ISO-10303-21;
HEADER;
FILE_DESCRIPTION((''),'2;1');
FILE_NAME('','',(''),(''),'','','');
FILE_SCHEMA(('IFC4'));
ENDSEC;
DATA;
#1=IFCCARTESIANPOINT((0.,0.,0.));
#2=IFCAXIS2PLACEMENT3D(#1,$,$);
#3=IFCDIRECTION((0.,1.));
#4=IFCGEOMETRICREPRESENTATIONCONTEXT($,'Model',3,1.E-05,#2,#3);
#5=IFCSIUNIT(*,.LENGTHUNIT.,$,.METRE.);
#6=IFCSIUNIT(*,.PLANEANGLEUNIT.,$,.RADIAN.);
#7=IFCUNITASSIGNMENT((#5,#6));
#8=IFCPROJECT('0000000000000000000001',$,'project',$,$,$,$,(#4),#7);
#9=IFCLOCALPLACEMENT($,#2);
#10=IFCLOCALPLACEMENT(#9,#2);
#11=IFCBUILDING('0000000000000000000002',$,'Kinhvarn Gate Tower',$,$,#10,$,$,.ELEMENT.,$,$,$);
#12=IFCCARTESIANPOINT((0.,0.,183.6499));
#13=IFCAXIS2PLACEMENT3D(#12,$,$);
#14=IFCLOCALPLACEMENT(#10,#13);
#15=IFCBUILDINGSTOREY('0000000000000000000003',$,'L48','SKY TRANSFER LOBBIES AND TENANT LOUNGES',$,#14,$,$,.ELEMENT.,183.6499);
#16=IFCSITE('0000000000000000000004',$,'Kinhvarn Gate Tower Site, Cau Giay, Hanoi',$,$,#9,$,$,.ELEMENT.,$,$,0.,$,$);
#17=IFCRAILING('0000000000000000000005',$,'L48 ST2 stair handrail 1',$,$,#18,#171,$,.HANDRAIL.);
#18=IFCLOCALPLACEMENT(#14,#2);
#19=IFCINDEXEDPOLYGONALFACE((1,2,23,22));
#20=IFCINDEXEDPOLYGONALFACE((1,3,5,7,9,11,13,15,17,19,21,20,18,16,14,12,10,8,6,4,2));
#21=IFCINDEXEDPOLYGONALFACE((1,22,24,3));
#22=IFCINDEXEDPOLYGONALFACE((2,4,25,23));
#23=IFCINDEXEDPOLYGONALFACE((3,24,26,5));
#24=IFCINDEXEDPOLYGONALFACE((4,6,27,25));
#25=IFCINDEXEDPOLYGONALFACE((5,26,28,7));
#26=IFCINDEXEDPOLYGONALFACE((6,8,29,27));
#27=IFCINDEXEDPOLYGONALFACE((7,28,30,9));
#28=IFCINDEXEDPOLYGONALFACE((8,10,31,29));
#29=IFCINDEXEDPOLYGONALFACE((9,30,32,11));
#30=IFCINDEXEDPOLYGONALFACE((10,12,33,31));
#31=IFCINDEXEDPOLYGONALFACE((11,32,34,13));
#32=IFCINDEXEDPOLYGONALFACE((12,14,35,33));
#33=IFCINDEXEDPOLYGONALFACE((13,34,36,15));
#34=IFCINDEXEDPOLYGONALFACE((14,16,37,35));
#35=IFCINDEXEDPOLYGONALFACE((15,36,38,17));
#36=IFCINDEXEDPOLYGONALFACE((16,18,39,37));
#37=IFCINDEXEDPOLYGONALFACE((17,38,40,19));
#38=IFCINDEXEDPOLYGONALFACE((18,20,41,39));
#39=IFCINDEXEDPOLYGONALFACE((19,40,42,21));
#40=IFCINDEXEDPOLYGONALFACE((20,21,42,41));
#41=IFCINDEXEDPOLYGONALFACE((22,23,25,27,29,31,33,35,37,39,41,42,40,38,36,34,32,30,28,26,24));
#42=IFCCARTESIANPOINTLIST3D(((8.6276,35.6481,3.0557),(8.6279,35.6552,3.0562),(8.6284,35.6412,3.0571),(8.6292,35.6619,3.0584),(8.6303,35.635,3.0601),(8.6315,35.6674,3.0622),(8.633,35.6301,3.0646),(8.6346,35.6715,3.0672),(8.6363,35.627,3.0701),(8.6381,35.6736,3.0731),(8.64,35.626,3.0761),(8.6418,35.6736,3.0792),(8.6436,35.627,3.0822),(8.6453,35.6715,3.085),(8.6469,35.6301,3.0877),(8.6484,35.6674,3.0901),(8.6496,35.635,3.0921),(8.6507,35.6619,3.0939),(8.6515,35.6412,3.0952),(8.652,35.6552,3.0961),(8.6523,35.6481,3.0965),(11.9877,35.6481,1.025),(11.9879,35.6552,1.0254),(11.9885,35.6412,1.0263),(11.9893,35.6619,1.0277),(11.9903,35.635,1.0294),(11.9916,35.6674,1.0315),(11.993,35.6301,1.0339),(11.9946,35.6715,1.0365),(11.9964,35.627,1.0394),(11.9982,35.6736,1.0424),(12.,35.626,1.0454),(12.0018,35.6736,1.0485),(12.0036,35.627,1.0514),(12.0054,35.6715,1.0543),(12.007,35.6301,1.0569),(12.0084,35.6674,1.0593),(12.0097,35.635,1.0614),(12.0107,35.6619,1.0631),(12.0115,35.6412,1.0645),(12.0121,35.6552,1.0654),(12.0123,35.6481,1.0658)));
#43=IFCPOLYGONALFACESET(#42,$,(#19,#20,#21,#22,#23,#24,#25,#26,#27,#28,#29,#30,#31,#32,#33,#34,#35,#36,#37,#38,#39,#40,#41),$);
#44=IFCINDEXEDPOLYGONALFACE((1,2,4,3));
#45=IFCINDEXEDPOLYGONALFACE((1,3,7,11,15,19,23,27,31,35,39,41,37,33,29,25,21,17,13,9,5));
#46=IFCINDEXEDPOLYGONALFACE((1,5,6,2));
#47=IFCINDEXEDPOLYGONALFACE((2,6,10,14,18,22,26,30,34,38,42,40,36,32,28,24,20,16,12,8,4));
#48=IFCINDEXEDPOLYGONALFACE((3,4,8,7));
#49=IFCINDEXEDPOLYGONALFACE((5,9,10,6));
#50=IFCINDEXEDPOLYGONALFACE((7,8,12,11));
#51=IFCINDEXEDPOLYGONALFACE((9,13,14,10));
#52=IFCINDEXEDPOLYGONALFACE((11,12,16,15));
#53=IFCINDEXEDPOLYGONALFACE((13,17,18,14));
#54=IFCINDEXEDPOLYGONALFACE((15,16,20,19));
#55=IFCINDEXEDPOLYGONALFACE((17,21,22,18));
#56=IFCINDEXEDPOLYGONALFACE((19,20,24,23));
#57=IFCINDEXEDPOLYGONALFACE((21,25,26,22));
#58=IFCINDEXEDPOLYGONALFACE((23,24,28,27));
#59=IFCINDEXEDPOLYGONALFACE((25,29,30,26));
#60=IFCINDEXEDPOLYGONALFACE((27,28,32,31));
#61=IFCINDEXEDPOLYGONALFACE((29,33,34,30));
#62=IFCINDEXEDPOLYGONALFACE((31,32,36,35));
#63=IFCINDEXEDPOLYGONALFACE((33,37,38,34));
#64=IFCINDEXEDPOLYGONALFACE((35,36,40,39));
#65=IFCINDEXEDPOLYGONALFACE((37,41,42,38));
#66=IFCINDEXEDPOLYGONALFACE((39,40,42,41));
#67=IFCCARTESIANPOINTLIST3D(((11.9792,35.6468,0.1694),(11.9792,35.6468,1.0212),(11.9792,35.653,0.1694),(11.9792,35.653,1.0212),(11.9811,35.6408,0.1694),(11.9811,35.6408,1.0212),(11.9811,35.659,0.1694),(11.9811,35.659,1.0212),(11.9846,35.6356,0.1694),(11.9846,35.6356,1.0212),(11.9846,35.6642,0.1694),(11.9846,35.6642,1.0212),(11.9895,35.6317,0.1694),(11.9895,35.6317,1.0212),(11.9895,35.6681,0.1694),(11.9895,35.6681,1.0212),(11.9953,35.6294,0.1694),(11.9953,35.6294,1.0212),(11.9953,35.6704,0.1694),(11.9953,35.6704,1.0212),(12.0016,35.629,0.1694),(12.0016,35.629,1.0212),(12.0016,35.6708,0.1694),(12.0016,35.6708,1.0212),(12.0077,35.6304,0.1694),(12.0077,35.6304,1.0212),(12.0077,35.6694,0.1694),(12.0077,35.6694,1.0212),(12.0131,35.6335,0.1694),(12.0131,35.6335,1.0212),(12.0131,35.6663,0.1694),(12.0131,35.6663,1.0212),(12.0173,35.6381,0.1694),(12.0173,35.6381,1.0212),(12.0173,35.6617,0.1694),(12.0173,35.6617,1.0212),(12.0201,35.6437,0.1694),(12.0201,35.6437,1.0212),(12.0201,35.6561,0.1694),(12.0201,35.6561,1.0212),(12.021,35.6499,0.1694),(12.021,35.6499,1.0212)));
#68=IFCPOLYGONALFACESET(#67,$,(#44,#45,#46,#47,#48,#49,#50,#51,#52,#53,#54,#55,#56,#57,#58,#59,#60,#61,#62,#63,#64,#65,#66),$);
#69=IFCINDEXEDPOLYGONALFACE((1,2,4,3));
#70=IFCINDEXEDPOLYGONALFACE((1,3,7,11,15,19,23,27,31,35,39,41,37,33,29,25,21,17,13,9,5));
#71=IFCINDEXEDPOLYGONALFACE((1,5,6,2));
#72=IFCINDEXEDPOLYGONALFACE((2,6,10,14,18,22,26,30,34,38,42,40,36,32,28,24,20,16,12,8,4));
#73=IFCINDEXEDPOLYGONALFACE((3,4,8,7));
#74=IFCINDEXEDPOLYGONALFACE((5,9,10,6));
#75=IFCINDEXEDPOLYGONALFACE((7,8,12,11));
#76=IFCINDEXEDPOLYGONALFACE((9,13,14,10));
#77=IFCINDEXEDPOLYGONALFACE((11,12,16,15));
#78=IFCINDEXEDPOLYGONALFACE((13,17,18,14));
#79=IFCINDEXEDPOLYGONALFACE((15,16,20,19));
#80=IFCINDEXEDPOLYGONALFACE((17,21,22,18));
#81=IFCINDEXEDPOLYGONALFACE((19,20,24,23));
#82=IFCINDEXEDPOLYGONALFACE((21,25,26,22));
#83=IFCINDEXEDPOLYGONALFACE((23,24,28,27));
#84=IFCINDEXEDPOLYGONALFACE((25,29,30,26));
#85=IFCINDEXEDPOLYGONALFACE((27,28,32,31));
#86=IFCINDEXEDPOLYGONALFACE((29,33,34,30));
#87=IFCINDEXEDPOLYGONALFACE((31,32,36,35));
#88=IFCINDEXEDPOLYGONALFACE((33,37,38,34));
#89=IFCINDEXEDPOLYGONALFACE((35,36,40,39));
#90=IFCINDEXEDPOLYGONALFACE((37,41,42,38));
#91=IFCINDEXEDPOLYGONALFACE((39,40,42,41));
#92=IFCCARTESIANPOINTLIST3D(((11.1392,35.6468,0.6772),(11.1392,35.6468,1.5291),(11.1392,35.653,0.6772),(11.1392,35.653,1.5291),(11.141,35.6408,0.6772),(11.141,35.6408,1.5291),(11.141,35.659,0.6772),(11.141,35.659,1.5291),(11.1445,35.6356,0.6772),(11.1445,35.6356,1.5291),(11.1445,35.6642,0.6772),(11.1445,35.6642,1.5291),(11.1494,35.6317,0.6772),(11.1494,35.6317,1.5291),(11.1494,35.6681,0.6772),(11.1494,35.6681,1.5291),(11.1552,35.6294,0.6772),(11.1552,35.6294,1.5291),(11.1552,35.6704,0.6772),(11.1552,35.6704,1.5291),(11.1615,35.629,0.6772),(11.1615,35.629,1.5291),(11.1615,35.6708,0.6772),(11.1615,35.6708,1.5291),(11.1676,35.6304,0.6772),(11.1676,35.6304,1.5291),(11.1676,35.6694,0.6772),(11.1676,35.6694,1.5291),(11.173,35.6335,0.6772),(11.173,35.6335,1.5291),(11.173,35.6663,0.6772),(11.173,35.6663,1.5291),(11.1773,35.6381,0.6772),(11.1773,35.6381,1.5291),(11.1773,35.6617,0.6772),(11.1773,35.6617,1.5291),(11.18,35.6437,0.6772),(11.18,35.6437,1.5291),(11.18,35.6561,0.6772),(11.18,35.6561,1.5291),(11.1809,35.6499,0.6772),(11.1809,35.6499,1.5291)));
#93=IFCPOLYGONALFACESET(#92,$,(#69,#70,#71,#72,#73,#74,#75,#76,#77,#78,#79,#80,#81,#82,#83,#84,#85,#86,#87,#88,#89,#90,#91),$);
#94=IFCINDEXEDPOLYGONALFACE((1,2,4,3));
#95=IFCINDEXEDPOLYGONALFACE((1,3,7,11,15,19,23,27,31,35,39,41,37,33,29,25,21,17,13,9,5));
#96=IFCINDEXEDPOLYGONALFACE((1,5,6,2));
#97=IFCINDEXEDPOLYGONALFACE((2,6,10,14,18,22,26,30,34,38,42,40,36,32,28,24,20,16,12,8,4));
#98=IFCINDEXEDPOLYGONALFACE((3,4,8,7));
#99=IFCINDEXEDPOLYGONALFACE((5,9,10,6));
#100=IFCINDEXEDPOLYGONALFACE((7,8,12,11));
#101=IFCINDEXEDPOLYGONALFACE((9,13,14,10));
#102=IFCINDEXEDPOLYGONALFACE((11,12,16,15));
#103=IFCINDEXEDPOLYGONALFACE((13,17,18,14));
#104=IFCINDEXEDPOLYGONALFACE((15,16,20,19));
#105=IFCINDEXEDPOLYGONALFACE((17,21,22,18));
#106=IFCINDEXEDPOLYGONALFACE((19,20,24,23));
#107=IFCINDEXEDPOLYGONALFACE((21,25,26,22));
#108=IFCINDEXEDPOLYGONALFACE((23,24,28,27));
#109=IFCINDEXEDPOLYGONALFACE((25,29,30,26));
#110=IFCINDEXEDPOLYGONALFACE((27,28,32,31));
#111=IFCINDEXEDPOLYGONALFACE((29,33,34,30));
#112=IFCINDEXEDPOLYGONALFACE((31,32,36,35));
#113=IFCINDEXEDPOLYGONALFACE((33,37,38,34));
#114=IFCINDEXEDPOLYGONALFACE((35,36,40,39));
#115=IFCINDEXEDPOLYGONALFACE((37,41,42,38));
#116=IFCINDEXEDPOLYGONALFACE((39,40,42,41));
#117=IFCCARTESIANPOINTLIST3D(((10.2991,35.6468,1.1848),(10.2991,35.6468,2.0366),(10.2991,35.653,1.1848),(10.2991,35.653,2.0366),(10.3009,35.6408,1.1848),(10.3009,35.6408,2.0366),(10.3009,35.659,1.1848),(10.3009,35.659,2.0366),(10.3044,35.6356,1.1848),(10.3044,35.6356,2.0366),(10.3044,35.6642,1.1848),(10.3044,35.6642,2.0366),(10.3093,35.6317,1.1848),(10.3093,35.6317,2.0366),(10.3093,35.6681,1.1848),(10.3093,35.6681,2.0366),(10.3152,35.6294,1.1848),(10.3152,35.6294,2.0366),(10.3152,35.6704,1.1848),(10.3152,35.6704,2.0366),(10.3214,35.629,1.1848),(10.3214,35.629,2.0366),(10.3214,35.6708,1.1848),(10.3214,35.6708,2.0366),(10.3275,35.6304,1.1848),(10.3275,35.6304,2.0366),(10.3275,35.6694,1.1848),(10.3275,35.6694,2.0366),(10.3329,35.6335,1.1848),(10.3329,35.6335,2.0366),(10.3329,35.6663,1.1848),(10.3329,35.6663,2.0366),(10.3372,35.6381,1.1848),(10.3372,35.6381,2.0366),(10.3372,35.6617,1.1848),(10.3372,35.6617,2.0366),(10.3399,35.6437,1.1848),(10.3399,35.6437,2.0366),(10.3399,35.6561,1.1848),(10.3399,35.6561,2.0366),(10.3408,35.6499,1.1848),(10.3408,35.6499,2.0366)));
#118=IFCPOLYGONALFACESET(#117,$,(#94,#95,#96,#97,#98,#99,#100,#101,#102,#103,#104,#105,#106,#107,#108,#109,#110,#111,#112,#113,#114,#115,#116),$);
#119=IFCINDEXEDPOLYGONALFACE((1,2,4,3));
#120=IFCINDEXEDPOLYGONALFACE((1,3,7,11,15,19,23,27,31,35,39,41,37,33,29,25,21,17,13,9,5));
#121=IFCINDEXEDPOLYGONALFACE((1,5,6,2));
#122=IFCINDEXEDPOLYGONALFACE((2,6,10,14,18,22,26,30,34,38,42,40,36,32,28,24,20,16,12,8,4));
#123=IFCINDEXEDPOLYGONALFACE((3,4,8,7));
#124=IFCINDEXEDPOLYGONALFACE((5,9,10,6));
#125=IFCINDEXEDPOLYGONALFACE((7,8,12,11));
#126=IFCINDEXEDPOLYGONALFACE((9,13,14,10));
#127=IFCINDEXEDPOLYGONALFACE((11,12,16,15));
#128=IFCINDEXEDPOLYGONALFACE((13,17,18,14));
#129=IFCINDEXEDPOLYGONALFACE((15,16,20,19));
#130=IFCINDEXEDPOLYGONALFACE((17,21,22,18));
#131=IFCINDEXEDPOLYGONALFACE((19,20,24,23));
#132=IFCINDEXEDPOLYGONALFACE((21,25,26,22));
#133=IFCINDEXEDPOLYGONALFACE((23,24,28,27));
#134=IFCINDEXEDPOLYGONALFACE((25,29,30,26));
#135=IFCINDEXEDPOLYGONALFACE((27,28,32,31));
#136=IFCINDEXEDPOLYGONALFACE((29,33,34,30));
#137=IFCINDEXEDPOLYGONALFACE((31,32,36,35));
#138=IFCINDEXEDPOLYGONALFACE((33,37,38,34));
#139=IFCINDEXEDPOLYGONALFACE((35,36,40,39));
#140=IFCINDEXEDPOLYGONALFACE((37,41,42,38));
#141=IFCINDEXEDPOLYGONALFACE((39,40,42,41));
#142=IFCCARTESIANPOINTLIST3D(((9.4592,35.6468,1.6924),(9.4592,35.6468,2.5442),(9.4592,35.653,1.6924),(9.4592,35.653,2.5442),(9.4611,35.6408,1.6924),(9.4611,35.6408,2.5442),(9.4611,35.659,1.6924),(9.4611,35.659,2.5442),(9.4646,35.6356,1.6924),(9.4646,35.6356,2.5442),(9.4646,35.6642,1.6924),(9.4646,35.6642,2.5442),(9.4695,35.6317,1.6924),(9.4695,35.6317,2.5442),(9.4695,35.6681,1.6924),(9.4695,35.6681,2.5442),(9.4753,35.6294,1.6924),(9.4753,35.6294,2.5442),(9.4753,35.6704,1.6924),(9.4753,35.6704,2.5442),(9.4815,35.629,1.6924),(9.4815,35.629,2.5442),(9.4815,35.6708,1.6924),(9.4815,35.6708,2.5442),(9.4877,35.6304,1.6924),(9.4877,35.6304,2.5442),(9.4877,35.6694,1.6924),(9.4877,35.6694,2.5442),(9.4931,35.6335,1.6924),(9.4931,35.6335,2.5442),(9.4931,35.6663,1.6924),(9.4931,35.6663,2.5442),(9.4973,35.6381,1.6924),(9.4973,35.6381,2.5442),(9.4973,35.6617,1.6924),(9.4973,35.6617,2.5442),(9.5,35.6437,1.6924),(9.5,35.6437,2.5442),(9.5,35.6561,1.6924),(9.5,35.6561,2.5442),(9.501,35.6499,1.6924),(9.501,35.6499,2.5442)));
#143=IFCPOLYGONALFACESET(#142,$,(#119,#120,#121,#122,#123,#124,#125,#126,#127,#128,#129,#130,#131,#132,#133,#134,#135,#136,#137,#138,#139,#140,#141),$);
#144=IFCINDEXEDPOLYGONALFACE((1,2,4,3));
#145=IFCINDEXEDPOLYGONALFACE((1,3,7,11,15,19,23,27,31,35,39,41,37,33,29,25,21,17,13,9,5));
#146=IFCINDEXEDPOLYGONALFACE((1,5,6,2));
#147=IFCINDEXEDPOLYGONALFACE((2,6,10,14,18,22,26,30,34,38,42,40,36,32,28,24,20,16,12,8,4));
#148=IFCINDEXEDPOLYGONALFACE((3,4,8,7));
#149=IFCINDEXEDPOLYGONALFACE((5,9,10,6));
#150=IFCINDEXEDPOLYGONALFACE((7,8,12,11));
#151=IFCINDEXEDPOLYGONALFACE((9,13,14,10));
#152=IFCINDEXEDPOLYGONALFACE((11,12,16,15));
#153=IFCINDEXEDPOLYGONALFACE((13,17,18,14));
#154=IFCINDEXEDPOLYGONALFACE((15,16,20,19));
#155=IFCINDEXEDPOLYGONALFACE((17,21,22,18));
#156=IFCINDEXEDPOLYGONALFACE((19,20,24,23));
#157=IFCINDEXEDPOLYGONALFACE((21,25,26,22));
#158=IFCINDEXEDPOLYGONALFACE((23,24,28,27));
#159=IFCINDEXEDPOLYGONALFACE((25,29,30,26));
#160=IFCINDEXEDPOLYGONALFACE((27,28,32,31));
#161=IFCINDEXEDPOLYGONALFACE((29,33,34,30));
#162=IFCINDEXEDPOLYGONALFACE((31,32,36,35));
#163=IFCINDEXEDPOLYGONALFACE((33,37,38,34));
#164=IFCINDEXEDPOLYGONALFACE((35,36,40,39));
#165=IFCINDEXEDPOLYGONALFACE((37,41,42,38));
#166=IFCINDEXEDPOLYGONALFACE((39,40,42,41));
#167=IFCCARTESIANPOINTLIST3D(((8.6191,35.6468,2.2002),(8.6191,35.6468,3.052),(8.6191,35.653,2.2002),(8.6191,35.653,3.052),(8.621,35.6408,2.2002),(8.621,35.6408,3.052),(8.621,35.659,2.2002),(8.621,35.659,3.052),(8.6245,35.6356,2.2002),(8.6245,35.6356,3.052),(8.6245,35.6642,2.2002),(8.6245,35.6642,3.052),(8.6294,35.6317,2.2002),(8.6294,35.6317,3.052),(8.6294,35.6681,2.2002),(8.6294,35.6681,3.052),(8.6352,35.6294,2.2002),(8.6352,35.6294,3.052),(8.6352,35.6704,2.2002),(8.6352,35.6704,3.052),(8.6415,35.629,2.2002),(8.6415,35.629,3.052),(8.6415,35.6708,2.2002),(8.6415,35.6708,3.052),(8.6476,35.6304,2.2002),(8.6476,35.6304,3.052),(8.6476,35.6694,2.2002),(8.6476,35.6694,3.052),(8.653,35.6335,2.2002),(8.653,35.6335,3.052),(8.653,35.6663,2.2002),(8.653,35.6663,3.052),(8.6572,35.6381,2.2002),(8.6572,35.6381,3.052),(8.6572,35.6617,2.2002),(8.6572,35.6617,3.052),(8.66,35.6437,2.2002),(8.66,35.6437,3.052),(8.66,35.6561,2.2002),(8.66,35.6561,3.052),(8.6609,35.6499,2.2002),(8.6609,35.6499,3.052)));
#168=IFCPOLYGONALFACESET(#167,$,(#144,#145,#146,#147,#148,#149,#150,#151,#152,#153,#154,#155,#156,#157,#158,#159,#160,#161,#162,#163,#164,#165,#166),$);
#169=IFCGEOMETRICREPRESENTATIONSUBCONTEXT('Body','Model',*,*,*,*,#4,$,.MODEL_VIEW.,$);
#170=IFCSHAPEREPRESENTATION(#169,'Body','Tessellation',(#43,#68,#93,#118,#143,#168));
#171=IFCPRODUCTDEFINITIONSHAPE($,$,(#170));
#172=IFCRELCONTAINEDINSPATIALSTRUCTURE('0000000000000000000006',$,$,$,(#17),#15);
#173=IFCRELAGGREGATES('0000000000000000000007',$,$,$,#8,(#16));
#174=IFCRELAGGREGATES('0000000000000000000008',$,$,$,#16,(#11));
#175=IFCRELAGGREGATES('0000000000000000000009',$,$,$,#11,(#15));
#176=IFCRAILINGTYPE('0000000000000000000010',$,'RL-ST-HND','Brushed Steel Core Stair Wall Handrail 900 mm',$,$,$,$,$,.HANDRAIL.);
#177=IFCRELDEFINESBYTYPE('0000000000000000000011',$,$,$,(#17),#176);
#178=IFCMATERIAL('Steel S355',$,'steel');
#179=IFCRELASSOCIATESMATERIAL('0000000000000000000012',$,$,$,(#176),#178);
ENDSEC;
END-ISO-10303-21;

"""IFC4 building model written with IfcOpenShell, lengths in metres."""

from ifc_helpers import new_model, si_unit, direction, frame, origin, origin_2d, place, context, subcontext, project, spatial, circle, extrude, material, type_object, element, save


model = new_model("IFC4")

# Units and contexts
model_context = context("Model", 3, precision=1e-05, world=origin(), true_north=direction((0.0, 1.0)))
body_context = subcontext(model_context, "Body", "Model", "MODEL_VIEW")
ifc_project = project(units=[si_unit("LENGTHUNIT", "METRE"), si_unit("PLANEANGLEUNIT", "RADIAN")], contexts=[model_context])

# Site, building, storey
site_placement = place(None, origin())
site = spatial("IfcSite", under=ifc_project, at=site_placement, Name="Kinhvarn Gate Tower Site, Cau Giay, Hanoi", CompositionType="ELEMENT", RefElevation=0.0)
building_placement = place(site_placement, origin())
building = spatial("IfcBuilding", under=site, at=building_placement, Name="Kinhvarn Gate Tower", CompositionType="ELEMENT")
storey_placement = place(building_placement, frame((0.0, 0.0, 183.6499)))
storey = spatial("IfcBuildingStorey", under=building, at=storey_placement, Name="L48", Description="SKY TRANSFER LOBBIES AND TENANT LOUNGES", CompositionType="ELEMENT", Elevation=183.6499)

# Shared definitions
ifc_material_1 = material(Name="Steel S355", Category="steel")

# Railing
railing_type_1 = type_object("IfcRailingType", Name="RL-ST-HND", Description="Brushed Steel Core Stair Wall Handrail 900 mm", PredefinedType="HANDRAIL", material=ifc_material_1)
railing_1_placement = place(storey_placement, frame((12.0, 35.6499, 0.1694)))
element("IfcRailing", 1, at=railing_1_placement, inside=storey, type_object=railing_type_1, Name="L48 ST2 stair handrail 1", PredefinedType="HANDRAIL", context=body_context, shape_type="SweptSolid", body=[
    extrude(circle(Radius=0.0239, at=origin_2d()), frame((0.0, 0.0, 0.876), z_axis=(-0.855837, 0.0, 0.517246), x_axis=(0.0, -1.0, 0.0)), (0.0, 0.0, 1.0), 3.926),
    extrude(circle(Radius=0.021, at=origin_2d()), origin(), (0.0, 0.0, 1.0), 0.8518),
    extrude(circle(Radius=0.021, at=origin_2d()), frame((-0.8401, 0.0, 0.5078)), (0.0, 0.0, 1.0), 0.8518),
    extrude(circle(Radius=0.021, at=origin_2d()), frame((-1.6802, 0.0, 1.0154)), (0.0, 0.0, 1.0), 0.8518),
    extrude(circle(Radius=0.021, at=origin_2d()), frame((-2.52, 0.0, 1.5229)), (0.0, 0.0, 1.0), 0.8518),
    extrude(circle(Radius=0.021, at=origin_2d()), frame((-3.3601, 0.0, 2.0308)), (0.0, 0.0, 1.0), 0.8518),
])

save(model, "model.ifc")
